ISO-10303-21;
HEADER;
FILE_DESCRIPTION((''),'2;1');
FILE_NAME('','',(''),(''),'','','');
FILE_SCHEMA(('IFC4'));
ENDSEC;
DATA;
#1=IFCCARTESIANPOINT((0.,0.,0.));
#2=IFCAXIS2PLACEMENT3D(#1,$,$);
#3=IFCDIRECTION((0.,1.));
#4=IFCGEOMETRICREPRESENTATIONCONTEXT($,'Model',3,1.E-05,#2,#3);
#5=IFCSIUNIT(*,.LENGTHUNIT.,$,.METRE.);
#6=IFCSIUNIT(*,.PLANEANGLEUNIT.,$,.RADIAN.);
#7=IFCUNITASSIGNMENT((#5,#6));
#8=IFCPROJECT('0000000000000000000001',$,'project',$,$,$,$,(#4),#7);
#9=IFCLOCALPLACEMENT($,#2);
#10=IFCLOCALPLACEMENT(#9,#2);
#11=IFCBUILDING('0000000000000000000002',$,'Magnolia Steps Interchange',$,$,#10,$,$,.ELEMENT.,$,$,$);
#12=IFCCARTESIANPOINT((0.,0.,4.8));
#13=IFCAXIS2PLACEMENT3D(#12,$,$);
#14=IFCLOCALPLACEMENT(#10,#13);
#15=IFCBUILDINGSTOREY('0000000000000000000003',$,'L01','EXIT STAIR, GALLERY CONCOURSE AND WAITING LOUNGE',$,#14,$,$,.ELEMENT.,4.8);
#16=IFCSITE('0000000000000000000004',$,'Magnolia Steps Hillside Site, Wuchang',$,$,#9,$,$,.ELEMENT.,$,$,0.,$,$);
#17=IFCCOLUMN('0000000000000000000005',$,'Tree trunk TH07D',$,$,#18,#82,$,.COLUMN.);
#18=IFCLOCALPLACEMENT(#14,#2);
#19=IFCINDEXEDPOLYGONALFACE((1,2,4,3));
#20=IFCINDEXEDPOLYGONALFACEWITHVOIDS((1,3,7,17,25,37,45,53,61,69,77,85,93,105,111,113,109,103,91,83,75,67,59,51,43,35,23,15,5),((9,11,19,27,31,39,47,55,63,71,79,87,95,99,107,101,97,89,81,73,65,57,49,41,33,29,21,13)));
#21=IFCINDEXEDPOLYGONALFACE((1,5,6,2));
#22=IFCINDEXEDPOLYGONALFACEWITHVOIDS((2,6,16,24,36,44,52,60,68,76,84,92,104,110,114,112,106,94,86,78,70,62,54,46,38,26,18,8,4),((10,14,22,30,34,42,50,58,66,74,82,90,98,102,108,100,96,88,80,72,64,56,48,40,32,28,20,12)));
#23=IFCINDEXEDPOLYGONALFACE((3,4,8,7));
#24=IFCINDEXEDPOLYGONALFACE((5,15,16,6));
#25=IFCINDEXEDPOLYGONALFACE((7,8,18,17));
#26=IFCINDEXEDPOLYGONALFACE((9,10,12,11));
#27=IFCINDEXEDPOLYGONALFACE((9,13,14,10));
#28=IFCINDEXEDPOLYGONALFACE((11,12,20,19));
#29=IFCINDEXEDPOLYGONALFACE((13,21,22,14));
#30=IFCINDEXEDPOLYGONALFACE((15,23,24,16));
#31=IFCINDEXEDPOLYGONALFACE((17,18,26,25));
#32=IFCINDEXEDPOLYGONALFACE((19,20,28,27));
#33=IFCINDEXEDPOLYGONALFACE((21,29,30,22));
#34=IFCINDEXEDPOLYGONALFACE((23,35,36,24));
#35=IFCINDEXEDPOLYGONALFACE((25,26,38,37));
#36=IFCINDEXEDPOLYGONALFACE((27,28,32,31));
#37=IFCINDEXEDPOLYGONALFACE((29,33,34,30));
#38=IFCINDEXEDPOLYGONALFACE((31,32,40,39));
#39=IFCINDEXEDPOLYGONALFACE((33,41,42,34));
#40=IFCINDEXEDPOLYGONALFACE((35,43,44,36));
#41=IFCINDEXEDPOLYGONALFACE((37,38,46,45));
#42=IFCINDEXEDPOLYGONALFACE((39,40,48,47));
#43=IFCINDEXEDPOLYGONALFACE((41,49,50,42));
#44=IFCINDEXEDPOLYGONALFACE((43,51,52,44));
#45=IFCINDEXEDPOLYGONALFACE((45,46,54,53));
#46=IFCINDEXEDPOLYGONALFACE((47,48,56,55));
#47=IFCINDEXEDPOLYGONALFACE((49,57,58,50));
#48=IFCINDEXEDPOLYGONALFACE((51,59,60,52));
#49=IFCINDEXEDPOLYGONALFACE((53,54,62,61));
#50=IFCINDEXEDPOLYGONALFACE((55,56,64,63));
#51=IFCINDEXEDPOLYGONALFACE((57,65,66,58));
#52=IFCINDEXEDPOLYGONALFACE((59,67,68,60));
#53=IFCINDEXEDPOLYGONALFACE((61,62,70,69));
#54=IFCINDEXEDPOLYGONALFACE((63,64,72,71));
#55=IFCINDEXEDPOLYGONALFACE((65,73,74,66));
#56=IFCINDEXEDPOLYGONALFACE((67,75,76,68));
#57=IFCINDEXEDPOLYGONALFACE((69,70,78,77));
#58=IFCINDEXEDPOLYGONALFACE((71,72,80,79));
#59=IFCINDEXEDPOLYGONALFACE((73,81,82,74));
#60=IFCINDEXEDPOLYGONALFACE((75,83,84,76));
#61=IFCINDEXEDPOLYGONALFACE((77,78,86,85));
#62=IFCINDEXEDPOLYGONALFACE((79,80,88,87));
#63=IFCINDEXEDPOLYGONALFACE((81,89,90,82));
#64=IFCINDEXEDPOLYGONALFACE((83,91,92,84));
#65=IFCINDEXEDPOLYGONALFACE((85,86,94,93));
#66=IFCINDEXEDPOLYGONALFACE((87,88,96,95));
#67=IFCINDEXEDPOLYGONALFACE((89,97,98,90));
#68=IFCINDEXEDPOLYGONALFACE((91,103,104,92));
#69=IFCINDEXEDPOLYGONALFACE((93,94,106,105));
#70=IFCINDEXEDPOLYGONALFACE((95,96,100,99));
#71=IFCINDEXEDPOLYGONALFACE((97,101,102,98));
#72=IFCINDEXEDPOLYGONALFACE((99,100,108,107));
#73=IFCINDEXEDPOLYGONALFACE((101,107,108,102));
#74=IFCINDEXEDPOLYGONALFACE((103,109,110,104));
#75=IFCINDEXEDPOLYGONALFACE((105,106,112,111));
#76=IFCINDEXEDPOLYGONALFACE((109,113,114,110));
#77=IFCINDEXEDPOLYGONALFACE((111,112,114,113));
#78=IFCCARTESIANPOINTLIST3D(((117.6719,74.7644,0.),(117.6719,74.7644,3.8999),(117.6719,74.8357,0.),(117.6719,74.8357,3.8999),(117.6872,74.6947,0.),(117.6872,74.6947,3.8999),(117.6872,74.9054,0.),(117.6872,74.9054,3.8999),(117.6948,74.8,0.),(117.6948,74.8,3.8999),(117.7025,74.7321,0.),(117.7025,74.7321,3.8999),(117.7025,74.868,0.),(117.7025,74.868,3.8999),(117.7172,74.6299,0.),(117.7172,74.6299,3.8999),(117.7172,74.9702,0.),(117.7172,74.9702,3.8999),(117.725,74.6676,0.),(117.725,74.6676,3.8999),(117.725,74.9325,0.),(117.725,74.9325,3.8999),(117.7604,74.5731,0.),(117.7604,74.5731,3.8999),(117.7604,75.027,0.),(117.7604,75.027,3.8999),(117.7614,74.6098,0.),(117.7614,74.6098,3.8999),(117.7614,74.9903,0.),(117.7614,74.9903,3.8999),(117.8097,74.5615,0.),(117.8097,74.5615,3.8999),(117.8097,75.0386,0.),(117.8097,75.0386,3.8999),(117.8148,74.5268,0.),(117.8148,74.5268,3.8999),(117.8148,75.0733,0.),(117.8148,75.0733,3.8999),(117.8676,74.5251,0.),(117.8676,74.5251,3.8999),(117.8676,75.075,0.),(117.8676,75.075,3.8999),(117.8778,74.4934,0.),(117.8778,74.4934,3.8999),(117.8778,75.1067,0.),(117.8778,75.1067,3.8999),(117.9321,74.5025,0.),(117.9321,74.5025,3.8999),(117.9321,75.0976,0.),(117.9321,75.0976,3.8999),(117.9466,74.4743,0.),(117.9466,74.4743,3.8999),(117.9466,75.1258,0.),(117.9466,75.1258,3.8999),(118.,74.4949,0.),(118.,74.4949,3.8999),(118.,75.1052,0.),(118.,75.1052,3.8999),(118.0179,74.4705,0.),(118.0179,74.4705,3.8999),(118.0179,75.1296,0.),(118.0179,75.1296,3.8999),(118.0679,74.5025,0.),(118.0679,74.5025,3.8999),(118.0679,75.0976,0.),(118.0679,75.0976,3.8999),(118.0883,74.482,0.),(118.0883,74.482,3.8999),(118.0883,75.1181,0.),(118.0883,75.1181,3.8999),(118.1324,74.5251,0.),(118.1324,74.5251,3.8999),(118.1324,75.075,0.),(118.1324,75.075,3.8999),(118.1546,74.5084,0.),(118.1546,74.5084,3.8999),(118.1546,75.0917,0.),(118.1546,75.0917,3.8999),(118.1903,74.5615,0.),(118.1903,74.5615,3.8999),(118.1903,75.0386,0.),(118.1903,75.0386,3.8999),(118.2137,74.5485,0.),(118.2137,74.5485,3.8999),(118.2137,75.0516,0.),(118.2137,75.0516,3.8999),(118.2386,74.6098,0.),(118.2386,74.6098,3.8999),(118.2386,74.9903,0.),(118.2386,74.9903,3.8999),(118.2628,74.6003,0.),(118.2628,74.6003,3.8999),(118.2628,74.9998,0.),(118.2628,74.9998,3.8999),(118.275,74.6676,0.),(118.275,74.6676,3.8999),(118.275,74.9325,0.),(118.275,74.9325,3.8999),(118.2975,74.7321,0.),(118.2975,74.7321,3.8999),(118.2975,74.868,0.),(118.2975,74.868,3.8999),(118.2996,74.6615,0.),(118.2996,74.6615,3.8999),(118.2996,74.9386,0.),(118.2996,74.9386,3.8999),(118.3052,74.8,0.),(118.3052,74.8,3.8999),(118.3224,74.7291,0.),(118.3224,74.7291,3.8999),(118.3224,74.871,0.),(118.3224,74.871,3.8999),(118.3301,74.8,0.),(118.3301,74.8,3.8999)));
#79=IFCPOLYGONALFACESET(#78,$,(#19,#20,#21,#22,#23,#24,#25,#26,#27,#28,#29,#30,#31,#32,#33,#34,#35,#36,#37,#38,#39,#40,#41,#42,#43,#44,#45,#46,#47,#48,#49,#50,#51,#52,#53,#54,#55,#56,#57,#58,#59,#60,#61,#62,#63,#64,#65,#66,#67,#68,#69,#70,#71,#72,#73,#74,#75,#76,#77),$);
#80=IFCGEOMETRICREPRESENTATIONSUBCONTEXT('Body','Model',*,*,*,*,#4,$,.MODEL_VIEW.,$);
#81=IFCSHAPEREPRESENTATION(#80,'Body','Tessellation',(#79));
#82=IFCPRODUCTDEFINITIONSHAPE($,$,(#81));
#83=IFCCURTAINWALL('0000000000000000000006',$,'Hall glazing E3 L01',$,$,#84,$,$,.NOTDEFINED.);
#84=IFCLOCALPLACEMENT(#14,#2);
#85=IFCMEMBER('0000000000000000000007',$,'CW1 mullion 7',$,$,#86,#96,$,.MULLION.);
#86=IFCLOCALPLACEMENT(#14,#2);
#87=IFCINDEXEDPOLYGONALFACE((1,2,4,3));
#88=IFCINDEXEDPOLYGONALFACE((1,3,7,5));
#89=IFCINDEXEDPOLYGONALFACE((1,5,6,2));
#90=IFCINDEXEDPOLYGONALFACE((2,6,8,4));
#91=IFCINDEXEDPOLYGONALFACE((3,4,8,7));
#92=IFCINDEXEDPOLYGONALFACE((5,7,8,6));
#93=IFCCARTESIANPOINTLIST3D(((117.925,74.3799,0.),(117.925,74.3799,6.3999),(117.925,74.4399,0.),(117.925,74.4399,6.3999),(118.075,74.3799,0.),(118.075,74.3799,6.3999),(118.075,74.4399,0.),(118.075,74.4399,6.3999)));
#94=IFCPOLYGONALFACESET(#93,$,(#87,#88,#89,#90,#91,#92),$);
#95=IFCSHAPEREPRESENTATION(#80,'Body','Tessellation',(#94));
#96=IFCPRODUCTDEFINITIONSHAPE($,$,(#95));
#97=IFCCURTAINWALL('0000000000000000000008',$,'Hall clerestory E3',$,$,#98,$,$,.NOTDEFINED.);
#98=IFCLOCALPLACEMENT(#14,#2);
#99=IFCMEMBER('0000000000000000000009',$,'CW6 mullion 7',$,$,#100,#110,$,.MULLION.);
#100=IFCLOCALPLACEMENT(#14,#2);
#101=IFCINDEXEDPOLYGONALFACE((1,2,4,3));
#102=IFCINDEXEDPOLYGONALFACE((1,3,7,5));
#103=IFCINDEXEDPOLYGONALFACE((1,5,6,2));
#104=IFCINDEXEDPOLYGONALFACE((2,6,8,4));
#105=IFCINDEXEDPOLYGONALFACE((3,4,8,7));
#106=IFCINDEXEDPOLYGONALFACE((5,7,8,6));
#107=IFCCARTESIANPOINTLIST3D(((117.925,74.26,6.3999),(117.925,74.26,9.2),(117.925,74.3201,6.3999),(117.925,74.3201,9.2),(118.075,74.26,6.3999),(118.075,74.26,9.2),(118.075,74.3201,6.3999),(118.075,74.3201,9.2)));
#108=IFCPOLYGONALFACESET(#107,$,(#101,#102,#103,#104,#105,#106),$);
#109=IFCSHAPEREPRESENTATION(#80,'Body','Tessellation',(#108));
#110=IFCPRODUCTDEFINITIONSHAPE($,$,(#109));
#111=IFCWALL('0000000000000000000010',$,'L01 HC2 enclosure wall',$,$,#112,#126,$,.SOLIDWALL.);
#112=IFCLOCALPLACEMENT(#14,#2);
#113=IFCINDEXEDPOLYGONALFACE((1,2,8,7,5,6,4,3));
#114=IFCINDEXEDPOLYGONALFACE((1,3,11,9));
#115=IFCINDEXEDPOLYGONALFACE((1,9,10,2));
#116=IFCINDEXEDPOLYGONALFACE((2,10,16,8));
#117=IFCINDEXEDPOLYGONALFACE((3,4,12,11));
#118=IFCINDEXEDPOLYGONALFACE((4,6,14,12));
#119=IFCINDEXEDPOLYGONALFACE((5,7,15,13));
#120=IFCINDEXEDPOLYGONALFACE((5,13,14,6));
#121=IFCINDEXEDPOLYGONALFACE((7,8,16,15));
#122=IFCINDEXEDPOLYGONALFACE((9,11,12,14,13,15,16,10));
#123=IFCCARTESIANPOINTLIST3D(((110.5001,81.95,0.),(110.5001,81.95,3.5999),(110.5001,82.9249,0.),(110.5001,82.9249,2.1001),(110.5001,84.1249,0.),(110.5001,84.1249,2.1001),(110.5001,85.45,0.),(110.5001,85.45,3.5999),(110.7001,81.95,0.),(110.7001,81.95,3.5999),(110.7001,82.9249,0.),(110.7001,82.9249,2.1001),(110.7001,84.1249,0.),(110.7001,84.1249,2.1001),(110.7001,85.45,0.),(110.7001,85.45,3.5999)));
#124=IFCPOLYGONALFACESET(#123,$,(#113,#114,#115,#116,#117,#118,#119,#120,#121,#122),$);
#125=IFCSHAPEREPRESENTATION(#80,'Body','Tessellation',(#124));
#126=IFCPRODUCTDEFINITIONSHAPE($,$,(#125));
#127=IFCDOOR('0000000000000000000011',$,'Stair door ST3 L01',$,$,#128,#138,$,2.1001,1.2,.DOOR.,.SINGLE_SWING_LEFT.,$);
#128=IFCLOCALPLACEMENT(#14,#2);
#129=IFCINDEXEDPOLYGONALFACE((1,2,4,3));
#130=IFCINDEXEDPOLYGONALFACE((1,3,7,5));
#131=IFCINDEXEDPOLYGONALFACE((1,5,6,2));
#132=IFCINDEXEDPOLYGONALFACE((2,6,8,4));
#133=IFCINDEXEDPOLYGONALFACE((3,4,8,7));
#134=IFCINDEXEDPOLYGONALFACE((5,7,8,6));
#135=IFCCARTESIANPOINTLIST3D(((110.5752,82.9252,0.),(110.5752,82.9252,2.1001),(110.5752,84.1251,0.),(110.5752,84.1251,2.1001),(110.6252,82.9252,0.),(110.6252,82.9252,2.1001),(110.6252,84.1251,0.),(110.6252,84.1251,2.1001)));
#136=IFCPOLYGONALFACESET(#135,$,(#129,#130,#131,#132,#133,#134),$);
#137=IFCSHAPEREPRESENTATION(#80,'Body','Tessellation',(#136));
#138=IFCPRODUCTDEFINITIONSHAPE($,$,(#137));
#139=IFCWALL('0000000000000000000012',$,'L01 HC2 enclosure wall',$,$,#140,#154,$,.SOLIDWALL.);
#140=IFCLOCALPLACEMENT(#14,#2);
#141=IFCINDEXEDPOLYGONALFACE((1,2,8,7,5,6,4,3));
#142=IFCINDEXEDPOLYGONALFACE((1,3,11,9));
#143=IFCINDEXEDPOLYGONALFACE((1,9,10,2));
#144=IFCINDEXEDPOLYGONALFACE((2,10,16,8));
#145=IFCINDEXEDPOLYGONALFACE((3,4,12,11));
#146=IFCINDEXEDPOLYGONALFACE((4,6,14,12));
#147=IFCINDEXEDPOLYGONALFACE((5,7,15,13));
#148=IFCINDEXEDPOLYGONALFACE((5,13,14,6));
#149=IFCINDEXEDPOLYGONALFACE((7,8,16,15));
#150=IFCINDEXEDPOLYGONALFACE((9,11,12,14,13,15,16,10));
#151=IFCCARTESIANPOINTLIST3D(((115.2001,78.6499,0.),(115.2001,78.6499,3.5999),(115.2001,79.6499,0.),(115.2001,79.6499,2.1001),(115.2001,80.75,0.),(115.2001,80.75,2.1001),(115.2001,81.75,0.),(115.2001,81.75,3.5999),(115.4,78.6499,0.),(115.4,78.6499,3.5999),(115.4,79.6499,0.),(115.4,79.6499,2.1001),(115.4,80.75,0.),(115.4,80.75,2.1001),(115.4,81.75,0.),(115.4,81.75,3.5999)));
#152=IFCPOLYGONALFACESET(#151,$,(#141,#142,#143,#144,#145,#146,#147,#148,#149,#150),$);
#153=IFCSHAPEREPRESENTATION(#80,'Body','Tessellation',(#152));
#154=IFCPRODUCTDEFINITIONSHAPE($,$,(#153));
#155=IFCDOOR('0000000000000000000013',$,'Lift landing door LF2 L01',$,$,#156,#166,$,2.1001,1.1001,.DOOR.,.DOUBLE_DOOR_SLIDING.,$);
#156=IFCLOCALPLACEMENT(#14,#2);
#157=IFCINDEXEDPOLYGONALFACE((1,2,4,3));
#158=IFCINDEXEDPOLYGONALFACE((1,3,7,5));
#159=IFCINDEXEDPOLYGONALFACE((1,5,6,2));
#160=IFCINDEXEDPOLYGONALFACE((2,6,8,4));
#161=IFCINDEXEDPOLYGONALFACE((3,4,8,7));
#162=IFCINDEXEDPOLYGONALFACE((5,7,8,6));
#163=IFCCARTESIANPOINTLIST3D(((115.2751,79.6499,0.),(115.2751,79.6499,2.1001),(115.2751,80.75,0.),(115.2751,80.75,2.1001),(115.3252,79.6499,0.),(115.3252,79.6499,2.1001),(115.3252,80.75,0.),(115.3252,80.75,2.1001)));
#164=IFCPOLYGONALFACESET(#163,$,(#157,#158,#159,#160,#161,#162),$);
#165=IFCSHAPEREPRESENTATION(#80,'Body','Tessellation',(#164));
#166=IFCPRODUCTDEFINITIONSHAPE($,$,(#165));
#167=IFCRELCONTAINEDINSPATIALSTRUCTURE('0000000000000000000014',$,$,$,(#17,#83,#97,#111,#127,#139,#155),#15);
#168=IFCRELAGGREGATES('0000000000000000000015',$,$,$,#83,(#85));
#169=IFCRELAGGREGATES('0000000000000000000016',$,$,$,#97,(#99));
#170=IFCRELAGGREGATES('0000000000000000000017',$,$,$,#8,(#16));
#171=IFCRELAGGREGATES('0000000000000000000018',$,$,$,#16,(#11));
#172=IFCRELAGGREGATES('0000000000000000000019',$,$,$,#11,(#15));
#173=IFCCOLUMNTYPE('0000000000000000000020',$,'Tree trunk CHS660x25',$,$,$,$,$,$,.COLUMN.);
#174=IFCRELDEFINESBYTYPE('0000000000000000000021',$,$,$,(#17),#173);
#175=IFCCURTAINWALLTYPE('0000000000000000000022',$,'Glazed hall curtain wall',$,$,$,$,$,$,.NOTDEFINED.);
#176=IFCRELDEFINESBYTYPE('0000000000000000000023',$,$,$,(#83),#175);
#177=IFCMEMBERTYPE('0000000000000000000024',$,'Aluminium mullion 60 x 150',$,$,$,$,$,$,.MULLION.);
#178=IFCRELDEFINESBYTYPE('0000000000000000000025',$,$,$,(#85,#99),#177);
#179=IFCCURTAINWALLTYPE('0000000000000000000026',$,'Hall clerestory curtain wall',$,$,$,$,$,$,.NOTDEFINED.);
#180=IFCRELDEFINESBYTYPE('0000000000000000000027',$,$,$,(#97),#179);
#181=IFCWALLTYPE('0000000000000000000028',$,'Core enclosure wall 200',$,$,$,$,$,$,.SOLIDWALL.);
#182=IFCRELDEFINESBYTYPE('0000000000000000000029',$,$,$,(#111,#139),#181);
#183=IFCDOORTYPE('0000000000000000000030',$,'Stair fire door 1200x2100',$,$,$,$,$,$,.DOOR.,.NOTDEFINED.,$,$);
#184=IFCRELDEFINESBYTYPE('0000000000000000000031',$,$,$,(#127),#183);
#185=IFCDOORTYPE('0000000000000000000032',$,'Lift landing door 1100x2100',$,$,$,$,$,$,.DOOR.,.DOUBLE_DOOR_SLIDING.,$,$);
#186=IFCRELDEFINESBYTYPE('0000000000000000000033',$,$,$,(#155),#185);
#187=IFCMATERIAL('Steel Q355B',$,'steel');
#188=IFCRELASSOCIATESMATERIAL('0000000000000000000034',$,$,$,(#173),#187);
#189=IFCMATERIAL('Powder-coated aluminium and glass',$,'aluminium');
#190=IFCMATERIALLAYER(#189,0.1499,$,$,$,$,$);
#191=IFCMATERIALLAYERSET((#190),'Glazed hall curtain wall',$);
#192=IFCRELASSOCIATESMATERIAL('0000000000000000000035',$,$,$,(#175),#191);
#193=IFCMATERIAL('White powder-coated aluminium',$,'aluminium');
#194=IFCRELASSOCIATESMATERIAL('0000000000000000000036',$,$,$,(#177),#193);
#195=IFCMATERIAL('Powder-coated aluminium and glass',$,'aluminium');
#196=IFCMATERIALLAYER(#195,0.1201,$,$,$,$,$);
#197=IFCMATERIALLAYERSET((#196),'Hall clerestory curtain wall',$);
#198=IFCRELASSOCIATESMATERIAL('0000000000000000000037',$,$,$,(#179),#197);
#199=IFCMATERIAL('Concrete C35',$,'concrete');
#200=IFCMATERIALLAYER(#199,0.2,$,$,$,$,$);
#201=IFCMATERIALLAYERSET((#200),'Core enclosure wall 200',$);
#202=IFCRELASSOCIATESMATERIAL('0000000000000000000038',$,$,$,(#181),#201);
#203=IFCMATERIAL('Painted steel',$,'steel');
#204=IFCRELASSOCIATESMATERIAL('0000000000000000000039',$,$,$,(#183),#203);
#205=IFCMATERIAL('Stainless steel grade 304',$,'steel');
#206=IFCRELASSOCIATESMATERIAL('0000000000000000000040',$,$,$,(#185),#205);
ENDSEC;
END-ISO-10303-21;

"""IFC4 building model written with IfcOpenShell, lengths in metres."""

from ifc_helpers import new_model, si_unit, direction, frame, frame_2d, origin, origin_2d, place, context, subcontext, project, spatial, rectangle, hollow_circle, extrude, material, layer, layer_set, material_profile, profile_set, type_object, element, fill, aggregate, save


model = new_model("IFC4")

# Units and contexts
model_context = context("Model", 3, precision=1e-05, world=origin(), true_north=direction((0.0, 1.0)))
body_context = subcontext(model_context, "Body", "Model", "MODEL_VIEW")
ifc_project = project(units=[si_unit("LENGTHUNIT", "METRE"), si_unit("PLANEANGLEUNIT", "RADIAN")], contexts=[model_context])

# Site, building, storey
site_placement = place(None, origin())
site = spatial("IfcSite", under=ifc_project, at=site_placement, Name="Magnolia Steps Hillside Site, Wuchang", CompositionType="ELEMENT", RefElevation=0.0)
building_placement = place(site_placement, origin())
building = spatial("IfcBuilding", under=site, at=building_placement, Name="Magnolia Steps Interchange", CompositionType="ELEMENT")
storey_placement = place(building_placement, frame((0.0, 0.0, 4.8)))
storey = spatial("IfcBuildingStorey", under=building, at=storey_placement, Name="L01", Description="EXIT STAIR, GALLERY CONCOURSE AND WAITING LOUNGE", CompositionType="ELEMENT", Elevation=4.8)

# Column
ifc_material_1 = material(Name="Steel Q355B", Category="steel")
ifc_material_profile_1 = material_profile(ifc_material_1, hollow_circle(Radius=0.3301, WallThickness=0.0249, at=origin_2d()), Name="CHS660x25")
ifc_profile_set_1 = profile_set([ifc_material_profile_1], Name="Steel Q355B")
column_type = type_object("IfcColumnType", Name="Tree trunk CHS660x25", PredefinedType="COLUMN", material=ifc_profile_set_1)
column_placement = place(storey_placement, frame((118.0, 74.8, 0.0), z_axis=(0.0, 0.0, 1.0), x_axis=(1.0, 0.0, 0.0)))
element("IfcColumn", 1, at=column_placement, inside=storey, type_object=column_type, Name="Tree trunk TH07D", PredefinedType="COLUMN", context=body_context, shape_type="SweptSolid", body=[
    extrude(hollow_circle(Radius=0.3301, WallThickness=0.0249, at=origin_2d()), origin(), (0.0, 0.0, 1.0), 3.8999),
])

# Curtain walls, members
ifc_material_2 = material(Name="Powder-coated aluminium and glass", Category="aluminium")
ifc_layer_1 = layer(ifc_material_2, 0.1499)
ifc_layer_set_1 = layer_set([ifc_layer_1], Name="Glazed hall curtain wall")
curtain_wall_type_1 = type_object("IfcCurtainWallType", Name="Glazed hall curtain wall", PredefinedType="NOTDEFINED", material=ifc_layer_set_1)
curtain_wall_1_placement = place(storey_placement, origin())
curtain_wall_1 = element("IfcCurtainWall", 2, at=curtain_wall_1_placement, inside=storey, type_object=curtain_wall_type_1, Name="Hall glazing E3 L01", PredefinedType="NOTDEFINED")
ifc_material_3 = material(Name="White powder-coated aluminium", Category="aluminium")
ifc_material_profile_2 = material_profile(ifc_material_3, rectangle(XDim=0.0601, YDim=0.1499, at=origin_2d()), Name="Aluminium mullion 60 x 150")
ifc_profile_set_2 = profile_set([ifc_material_profile_2], Name="White powder-coated aluminium")
member_type = type_object("IfcMemberType", Name="Aluminium mullion 60 x 150", PredefinedType="MULLION", material=ifc_profile_set_2)
member_1_placement = place(storey_placement, frame((118.0, 74.4099, 0.0), z_axis=(0.0, 0.0, 1.0), x_axis=(0.0, 1.0, 0.0)))
member_1 = element("IfcMember", 3, at=member_1_placement, type_object=member_type, Name="CW1 mullion 7", PredefinedType="MULLION", context=body_context, shape_type="SweptSolid", body=[
    extrude(rectangle(XDim=0.0601, YDim=0.1499, at=origin_2d()), origin(), (0.0, 0.0, 1.0), 6.3999),
])
aggregate(curtain_wall_1, [member_1])
ifc_material_4 = material(Name="Powder-coated aluminium and glass", Category="aluminium")
ifc_layer_2 = layer(ifc_material_4, 0.1201)
ifc_layer_set_2 = layer_set([ifc_layer_2], Name="Hall clerestory curtain wall")
curtain_wall_type_2 = type_object("IfcCurtainWallType", Name="Hall clerestory curtain wall", PredefinedType="NOTDEFINED", material=ifc_layer_set_2)
curtain_wall_2_placement = place(storey_placement, origin())
curtain_wall_2 = element("IfcCurtainWall", 4, at=curtain_wall_2_placement, inside=storey, type_object=curtain_wall_type_2, Name="Hall clerestory E3", PredefinedType="NOTDEFINED")
member_2_placement = place(storey_placement, frame((118.0, 74.29, 6.3999), z_axis=(0.0, 0.0, 1.0), x_axis=(0.0, 1.0, 0.0)))
member_2 = element("IfcMember", 5, at=member_2_placement, type_object=member_type, Name="CW6 mullion 7", PredefinedType="MULLION", context=body_context, shape_type="SweptSolid", body=[
    extrude(rectangle(XDim=0.0601, YDim=0.1499, at=origin_2d()), origin(), (0.0, 0.0, 1.0), 2.8),
])
aggregate(curtain_wall_2, [member_2])

# Walls, openings, doors
ifc_material_5 = material(Name="Concrete C35", Category="concrete")
ifc_layer_3 = layer(ifc_material_5, 0.2)
ifc_layer_set_3 = layer_set([ifc_layer_3], Name="Core enclosure wall 200")
wall_type_1 = type_object("IfcWallType", Name="Core enclosure wall 200", PredefinedType="SOLIDWALL", material=ifc_layer_set_3)
wall_1_placement = place(storey_placement, frame((110.6001, 85.45, 0.0), z_axis=(0.0, 0.0, 1.0), x_axis=(0.0, -1.0, 0.0)))
wall_1 = element("IfcWall", 6, at=wall_1_placement, inside=storey, type_object=wall_type_1, Name="L01 HC2 enclosure wall", PredefinedType="SOLIDWALL", context=body_context, shape_type="SweptSolid", body=[
    extrude(rectangle(XDim=3.5, YDim=0.2, at=frame_2d((1.75, 0.0))), origin(), (0.0, 0.0, 1.0), 3.5999),
])
opening_1_placement = place(wall_1_placement, frame((1.325, 0.0, 0.0)))
opening_1 = element("IfcOpeningElement", 7, at=opening_1_placement, cuts=wall_1, PredefinedType="OPENING", context=body_context, shape_type="SweptSolid", body=[
    extrude(rectangle(XDim=1.2, YDim=2.1001, at=frame_2d((0.6001, 1.05))), frame((0.0, 0.1099, 0.0), z_axis=(0.0, -1.0, 0.0), x_axis=(1.0, 0.0, 0.0)), (0.0, 0.0, 1.0), 0.22),
])
ifc_material_6 = material(Name="Painted steel", Category="steel")
door_type_1 = type_object("IfcDoorType", Name="Stair fire door 1200x2100", OperationType="NOTDEFINED", PredefinedType="DOOR", material=ifc_material_6)
door_1_placement = place(opening_1_placement, frame((1.2, 0.0, 0.0), z_axis=(0.0, 0.0, 1.0), x_axis=(-1.0, 0.0, 0.0)))
door_1 = element("IfcDoor", 8, at=door_1_placement, inside=storey, type_object=door_type_1, Name="Stair door ST3 L01", OperationType="SINGLE_SWING_LEFT", OverallHeight=2.1001, OverallWidth=1.2, PredefinedType="DOOR", context=body_context, shape_type="SweptSolid", body=[
    extrude(rectangle(XDim=1.2, YDim=2.1001, at=frame_2d((0.6001, 1.05))), frame((0.0, 0.0249, 0.0), z_axis=(0.0, -1.0, 0.0), x_axis=(1.0, 0.0, 0.0)), (0.0, 0.0, 1.0), 0.05),
])
fill(opening_1, door_1)
wall_2_placement = place(storey_placement, frame((115.3, 81.75, 0.0), z_axis=(0.0, 0.0, 1.0), x_axis=(0.0, -1.0, 0.0)))
wall_2 = element("IfcWall", 9, at=wall_2_placement, inside=storey, type_object=wall_type_1, Name="L01 HC2 enclosure wall", PredefinedType="SOLIDWALL", context=body_context, shape_type="SweptSolid", body=[
    extrude(rectangle(XDim=3.1001, YDim=0.2, at=frame_2d((1.55, 0.0))), origin(), (0.0, 0.0, 1.0), 3.5999),
])
opening_2_placement = place(wall_2_placement, frame((1.0, 0.0, 0.0)))
opening_2 = element("IfcOpeningElement", 10, at=opening_2_placement, cuts=wall_2, PredefinedType="OPENING", context=body_context, shape_type="SweptSolid", body=[
    extrude(rectangle(XDim=1.1001, YDim=2.1001, at=frame_2d((0.55, 1.05))), frame((0.0, 0.1099, 0.0), z_axis=(0.0, -1.0, 0.0), x_axis=(1.0, 0.0, 0.0)), (0.0, 0.0, 1.0), 0.22),
])
ifc_material_7 = material(Name="Stainless steel grade 304", Category="steel")
door_type_2 = type_object("IfcDoorType", Name="Lift landing door 1100x2100", OperationType="DOUBLE_DOOR_SLIDING", PredefinedType="DOOR", material=ifc_material_7)
door_2_placement = place(opening_2_placement, frame((1.1001, 0.0, 0.0), z_axis=(0.0, 0.0, 1.0), x_axis=(-1.0, 0.0, 0.0)))
door_2 = element("IfcDoor", 11, at=door_2_placement, inside=storey, type_object=door_type_2, Name="Lift landing door LF2 L01", OperationType="DOUBLE_DOOR_SLIDING", OverallHeight=2.1001, OverallWidth=1.1001, PredefinedType="DOOR", context=body_context, shape_type="SweptSolid", body=[
    extrude(rectangle(XDim=1.1001, YDim=2.1001, at=frame_2d((0.55, 1.05))), frame((0.0, 0.0249, 0.0), z_axis=(0.0, -1.0, 0.0), x_axis=(1.0, 0.0, 0.0)), (0.0, 0.0, 1.0), 0.05),
])
fill(opening_2, door_2)

save(model, "model.ifc")
